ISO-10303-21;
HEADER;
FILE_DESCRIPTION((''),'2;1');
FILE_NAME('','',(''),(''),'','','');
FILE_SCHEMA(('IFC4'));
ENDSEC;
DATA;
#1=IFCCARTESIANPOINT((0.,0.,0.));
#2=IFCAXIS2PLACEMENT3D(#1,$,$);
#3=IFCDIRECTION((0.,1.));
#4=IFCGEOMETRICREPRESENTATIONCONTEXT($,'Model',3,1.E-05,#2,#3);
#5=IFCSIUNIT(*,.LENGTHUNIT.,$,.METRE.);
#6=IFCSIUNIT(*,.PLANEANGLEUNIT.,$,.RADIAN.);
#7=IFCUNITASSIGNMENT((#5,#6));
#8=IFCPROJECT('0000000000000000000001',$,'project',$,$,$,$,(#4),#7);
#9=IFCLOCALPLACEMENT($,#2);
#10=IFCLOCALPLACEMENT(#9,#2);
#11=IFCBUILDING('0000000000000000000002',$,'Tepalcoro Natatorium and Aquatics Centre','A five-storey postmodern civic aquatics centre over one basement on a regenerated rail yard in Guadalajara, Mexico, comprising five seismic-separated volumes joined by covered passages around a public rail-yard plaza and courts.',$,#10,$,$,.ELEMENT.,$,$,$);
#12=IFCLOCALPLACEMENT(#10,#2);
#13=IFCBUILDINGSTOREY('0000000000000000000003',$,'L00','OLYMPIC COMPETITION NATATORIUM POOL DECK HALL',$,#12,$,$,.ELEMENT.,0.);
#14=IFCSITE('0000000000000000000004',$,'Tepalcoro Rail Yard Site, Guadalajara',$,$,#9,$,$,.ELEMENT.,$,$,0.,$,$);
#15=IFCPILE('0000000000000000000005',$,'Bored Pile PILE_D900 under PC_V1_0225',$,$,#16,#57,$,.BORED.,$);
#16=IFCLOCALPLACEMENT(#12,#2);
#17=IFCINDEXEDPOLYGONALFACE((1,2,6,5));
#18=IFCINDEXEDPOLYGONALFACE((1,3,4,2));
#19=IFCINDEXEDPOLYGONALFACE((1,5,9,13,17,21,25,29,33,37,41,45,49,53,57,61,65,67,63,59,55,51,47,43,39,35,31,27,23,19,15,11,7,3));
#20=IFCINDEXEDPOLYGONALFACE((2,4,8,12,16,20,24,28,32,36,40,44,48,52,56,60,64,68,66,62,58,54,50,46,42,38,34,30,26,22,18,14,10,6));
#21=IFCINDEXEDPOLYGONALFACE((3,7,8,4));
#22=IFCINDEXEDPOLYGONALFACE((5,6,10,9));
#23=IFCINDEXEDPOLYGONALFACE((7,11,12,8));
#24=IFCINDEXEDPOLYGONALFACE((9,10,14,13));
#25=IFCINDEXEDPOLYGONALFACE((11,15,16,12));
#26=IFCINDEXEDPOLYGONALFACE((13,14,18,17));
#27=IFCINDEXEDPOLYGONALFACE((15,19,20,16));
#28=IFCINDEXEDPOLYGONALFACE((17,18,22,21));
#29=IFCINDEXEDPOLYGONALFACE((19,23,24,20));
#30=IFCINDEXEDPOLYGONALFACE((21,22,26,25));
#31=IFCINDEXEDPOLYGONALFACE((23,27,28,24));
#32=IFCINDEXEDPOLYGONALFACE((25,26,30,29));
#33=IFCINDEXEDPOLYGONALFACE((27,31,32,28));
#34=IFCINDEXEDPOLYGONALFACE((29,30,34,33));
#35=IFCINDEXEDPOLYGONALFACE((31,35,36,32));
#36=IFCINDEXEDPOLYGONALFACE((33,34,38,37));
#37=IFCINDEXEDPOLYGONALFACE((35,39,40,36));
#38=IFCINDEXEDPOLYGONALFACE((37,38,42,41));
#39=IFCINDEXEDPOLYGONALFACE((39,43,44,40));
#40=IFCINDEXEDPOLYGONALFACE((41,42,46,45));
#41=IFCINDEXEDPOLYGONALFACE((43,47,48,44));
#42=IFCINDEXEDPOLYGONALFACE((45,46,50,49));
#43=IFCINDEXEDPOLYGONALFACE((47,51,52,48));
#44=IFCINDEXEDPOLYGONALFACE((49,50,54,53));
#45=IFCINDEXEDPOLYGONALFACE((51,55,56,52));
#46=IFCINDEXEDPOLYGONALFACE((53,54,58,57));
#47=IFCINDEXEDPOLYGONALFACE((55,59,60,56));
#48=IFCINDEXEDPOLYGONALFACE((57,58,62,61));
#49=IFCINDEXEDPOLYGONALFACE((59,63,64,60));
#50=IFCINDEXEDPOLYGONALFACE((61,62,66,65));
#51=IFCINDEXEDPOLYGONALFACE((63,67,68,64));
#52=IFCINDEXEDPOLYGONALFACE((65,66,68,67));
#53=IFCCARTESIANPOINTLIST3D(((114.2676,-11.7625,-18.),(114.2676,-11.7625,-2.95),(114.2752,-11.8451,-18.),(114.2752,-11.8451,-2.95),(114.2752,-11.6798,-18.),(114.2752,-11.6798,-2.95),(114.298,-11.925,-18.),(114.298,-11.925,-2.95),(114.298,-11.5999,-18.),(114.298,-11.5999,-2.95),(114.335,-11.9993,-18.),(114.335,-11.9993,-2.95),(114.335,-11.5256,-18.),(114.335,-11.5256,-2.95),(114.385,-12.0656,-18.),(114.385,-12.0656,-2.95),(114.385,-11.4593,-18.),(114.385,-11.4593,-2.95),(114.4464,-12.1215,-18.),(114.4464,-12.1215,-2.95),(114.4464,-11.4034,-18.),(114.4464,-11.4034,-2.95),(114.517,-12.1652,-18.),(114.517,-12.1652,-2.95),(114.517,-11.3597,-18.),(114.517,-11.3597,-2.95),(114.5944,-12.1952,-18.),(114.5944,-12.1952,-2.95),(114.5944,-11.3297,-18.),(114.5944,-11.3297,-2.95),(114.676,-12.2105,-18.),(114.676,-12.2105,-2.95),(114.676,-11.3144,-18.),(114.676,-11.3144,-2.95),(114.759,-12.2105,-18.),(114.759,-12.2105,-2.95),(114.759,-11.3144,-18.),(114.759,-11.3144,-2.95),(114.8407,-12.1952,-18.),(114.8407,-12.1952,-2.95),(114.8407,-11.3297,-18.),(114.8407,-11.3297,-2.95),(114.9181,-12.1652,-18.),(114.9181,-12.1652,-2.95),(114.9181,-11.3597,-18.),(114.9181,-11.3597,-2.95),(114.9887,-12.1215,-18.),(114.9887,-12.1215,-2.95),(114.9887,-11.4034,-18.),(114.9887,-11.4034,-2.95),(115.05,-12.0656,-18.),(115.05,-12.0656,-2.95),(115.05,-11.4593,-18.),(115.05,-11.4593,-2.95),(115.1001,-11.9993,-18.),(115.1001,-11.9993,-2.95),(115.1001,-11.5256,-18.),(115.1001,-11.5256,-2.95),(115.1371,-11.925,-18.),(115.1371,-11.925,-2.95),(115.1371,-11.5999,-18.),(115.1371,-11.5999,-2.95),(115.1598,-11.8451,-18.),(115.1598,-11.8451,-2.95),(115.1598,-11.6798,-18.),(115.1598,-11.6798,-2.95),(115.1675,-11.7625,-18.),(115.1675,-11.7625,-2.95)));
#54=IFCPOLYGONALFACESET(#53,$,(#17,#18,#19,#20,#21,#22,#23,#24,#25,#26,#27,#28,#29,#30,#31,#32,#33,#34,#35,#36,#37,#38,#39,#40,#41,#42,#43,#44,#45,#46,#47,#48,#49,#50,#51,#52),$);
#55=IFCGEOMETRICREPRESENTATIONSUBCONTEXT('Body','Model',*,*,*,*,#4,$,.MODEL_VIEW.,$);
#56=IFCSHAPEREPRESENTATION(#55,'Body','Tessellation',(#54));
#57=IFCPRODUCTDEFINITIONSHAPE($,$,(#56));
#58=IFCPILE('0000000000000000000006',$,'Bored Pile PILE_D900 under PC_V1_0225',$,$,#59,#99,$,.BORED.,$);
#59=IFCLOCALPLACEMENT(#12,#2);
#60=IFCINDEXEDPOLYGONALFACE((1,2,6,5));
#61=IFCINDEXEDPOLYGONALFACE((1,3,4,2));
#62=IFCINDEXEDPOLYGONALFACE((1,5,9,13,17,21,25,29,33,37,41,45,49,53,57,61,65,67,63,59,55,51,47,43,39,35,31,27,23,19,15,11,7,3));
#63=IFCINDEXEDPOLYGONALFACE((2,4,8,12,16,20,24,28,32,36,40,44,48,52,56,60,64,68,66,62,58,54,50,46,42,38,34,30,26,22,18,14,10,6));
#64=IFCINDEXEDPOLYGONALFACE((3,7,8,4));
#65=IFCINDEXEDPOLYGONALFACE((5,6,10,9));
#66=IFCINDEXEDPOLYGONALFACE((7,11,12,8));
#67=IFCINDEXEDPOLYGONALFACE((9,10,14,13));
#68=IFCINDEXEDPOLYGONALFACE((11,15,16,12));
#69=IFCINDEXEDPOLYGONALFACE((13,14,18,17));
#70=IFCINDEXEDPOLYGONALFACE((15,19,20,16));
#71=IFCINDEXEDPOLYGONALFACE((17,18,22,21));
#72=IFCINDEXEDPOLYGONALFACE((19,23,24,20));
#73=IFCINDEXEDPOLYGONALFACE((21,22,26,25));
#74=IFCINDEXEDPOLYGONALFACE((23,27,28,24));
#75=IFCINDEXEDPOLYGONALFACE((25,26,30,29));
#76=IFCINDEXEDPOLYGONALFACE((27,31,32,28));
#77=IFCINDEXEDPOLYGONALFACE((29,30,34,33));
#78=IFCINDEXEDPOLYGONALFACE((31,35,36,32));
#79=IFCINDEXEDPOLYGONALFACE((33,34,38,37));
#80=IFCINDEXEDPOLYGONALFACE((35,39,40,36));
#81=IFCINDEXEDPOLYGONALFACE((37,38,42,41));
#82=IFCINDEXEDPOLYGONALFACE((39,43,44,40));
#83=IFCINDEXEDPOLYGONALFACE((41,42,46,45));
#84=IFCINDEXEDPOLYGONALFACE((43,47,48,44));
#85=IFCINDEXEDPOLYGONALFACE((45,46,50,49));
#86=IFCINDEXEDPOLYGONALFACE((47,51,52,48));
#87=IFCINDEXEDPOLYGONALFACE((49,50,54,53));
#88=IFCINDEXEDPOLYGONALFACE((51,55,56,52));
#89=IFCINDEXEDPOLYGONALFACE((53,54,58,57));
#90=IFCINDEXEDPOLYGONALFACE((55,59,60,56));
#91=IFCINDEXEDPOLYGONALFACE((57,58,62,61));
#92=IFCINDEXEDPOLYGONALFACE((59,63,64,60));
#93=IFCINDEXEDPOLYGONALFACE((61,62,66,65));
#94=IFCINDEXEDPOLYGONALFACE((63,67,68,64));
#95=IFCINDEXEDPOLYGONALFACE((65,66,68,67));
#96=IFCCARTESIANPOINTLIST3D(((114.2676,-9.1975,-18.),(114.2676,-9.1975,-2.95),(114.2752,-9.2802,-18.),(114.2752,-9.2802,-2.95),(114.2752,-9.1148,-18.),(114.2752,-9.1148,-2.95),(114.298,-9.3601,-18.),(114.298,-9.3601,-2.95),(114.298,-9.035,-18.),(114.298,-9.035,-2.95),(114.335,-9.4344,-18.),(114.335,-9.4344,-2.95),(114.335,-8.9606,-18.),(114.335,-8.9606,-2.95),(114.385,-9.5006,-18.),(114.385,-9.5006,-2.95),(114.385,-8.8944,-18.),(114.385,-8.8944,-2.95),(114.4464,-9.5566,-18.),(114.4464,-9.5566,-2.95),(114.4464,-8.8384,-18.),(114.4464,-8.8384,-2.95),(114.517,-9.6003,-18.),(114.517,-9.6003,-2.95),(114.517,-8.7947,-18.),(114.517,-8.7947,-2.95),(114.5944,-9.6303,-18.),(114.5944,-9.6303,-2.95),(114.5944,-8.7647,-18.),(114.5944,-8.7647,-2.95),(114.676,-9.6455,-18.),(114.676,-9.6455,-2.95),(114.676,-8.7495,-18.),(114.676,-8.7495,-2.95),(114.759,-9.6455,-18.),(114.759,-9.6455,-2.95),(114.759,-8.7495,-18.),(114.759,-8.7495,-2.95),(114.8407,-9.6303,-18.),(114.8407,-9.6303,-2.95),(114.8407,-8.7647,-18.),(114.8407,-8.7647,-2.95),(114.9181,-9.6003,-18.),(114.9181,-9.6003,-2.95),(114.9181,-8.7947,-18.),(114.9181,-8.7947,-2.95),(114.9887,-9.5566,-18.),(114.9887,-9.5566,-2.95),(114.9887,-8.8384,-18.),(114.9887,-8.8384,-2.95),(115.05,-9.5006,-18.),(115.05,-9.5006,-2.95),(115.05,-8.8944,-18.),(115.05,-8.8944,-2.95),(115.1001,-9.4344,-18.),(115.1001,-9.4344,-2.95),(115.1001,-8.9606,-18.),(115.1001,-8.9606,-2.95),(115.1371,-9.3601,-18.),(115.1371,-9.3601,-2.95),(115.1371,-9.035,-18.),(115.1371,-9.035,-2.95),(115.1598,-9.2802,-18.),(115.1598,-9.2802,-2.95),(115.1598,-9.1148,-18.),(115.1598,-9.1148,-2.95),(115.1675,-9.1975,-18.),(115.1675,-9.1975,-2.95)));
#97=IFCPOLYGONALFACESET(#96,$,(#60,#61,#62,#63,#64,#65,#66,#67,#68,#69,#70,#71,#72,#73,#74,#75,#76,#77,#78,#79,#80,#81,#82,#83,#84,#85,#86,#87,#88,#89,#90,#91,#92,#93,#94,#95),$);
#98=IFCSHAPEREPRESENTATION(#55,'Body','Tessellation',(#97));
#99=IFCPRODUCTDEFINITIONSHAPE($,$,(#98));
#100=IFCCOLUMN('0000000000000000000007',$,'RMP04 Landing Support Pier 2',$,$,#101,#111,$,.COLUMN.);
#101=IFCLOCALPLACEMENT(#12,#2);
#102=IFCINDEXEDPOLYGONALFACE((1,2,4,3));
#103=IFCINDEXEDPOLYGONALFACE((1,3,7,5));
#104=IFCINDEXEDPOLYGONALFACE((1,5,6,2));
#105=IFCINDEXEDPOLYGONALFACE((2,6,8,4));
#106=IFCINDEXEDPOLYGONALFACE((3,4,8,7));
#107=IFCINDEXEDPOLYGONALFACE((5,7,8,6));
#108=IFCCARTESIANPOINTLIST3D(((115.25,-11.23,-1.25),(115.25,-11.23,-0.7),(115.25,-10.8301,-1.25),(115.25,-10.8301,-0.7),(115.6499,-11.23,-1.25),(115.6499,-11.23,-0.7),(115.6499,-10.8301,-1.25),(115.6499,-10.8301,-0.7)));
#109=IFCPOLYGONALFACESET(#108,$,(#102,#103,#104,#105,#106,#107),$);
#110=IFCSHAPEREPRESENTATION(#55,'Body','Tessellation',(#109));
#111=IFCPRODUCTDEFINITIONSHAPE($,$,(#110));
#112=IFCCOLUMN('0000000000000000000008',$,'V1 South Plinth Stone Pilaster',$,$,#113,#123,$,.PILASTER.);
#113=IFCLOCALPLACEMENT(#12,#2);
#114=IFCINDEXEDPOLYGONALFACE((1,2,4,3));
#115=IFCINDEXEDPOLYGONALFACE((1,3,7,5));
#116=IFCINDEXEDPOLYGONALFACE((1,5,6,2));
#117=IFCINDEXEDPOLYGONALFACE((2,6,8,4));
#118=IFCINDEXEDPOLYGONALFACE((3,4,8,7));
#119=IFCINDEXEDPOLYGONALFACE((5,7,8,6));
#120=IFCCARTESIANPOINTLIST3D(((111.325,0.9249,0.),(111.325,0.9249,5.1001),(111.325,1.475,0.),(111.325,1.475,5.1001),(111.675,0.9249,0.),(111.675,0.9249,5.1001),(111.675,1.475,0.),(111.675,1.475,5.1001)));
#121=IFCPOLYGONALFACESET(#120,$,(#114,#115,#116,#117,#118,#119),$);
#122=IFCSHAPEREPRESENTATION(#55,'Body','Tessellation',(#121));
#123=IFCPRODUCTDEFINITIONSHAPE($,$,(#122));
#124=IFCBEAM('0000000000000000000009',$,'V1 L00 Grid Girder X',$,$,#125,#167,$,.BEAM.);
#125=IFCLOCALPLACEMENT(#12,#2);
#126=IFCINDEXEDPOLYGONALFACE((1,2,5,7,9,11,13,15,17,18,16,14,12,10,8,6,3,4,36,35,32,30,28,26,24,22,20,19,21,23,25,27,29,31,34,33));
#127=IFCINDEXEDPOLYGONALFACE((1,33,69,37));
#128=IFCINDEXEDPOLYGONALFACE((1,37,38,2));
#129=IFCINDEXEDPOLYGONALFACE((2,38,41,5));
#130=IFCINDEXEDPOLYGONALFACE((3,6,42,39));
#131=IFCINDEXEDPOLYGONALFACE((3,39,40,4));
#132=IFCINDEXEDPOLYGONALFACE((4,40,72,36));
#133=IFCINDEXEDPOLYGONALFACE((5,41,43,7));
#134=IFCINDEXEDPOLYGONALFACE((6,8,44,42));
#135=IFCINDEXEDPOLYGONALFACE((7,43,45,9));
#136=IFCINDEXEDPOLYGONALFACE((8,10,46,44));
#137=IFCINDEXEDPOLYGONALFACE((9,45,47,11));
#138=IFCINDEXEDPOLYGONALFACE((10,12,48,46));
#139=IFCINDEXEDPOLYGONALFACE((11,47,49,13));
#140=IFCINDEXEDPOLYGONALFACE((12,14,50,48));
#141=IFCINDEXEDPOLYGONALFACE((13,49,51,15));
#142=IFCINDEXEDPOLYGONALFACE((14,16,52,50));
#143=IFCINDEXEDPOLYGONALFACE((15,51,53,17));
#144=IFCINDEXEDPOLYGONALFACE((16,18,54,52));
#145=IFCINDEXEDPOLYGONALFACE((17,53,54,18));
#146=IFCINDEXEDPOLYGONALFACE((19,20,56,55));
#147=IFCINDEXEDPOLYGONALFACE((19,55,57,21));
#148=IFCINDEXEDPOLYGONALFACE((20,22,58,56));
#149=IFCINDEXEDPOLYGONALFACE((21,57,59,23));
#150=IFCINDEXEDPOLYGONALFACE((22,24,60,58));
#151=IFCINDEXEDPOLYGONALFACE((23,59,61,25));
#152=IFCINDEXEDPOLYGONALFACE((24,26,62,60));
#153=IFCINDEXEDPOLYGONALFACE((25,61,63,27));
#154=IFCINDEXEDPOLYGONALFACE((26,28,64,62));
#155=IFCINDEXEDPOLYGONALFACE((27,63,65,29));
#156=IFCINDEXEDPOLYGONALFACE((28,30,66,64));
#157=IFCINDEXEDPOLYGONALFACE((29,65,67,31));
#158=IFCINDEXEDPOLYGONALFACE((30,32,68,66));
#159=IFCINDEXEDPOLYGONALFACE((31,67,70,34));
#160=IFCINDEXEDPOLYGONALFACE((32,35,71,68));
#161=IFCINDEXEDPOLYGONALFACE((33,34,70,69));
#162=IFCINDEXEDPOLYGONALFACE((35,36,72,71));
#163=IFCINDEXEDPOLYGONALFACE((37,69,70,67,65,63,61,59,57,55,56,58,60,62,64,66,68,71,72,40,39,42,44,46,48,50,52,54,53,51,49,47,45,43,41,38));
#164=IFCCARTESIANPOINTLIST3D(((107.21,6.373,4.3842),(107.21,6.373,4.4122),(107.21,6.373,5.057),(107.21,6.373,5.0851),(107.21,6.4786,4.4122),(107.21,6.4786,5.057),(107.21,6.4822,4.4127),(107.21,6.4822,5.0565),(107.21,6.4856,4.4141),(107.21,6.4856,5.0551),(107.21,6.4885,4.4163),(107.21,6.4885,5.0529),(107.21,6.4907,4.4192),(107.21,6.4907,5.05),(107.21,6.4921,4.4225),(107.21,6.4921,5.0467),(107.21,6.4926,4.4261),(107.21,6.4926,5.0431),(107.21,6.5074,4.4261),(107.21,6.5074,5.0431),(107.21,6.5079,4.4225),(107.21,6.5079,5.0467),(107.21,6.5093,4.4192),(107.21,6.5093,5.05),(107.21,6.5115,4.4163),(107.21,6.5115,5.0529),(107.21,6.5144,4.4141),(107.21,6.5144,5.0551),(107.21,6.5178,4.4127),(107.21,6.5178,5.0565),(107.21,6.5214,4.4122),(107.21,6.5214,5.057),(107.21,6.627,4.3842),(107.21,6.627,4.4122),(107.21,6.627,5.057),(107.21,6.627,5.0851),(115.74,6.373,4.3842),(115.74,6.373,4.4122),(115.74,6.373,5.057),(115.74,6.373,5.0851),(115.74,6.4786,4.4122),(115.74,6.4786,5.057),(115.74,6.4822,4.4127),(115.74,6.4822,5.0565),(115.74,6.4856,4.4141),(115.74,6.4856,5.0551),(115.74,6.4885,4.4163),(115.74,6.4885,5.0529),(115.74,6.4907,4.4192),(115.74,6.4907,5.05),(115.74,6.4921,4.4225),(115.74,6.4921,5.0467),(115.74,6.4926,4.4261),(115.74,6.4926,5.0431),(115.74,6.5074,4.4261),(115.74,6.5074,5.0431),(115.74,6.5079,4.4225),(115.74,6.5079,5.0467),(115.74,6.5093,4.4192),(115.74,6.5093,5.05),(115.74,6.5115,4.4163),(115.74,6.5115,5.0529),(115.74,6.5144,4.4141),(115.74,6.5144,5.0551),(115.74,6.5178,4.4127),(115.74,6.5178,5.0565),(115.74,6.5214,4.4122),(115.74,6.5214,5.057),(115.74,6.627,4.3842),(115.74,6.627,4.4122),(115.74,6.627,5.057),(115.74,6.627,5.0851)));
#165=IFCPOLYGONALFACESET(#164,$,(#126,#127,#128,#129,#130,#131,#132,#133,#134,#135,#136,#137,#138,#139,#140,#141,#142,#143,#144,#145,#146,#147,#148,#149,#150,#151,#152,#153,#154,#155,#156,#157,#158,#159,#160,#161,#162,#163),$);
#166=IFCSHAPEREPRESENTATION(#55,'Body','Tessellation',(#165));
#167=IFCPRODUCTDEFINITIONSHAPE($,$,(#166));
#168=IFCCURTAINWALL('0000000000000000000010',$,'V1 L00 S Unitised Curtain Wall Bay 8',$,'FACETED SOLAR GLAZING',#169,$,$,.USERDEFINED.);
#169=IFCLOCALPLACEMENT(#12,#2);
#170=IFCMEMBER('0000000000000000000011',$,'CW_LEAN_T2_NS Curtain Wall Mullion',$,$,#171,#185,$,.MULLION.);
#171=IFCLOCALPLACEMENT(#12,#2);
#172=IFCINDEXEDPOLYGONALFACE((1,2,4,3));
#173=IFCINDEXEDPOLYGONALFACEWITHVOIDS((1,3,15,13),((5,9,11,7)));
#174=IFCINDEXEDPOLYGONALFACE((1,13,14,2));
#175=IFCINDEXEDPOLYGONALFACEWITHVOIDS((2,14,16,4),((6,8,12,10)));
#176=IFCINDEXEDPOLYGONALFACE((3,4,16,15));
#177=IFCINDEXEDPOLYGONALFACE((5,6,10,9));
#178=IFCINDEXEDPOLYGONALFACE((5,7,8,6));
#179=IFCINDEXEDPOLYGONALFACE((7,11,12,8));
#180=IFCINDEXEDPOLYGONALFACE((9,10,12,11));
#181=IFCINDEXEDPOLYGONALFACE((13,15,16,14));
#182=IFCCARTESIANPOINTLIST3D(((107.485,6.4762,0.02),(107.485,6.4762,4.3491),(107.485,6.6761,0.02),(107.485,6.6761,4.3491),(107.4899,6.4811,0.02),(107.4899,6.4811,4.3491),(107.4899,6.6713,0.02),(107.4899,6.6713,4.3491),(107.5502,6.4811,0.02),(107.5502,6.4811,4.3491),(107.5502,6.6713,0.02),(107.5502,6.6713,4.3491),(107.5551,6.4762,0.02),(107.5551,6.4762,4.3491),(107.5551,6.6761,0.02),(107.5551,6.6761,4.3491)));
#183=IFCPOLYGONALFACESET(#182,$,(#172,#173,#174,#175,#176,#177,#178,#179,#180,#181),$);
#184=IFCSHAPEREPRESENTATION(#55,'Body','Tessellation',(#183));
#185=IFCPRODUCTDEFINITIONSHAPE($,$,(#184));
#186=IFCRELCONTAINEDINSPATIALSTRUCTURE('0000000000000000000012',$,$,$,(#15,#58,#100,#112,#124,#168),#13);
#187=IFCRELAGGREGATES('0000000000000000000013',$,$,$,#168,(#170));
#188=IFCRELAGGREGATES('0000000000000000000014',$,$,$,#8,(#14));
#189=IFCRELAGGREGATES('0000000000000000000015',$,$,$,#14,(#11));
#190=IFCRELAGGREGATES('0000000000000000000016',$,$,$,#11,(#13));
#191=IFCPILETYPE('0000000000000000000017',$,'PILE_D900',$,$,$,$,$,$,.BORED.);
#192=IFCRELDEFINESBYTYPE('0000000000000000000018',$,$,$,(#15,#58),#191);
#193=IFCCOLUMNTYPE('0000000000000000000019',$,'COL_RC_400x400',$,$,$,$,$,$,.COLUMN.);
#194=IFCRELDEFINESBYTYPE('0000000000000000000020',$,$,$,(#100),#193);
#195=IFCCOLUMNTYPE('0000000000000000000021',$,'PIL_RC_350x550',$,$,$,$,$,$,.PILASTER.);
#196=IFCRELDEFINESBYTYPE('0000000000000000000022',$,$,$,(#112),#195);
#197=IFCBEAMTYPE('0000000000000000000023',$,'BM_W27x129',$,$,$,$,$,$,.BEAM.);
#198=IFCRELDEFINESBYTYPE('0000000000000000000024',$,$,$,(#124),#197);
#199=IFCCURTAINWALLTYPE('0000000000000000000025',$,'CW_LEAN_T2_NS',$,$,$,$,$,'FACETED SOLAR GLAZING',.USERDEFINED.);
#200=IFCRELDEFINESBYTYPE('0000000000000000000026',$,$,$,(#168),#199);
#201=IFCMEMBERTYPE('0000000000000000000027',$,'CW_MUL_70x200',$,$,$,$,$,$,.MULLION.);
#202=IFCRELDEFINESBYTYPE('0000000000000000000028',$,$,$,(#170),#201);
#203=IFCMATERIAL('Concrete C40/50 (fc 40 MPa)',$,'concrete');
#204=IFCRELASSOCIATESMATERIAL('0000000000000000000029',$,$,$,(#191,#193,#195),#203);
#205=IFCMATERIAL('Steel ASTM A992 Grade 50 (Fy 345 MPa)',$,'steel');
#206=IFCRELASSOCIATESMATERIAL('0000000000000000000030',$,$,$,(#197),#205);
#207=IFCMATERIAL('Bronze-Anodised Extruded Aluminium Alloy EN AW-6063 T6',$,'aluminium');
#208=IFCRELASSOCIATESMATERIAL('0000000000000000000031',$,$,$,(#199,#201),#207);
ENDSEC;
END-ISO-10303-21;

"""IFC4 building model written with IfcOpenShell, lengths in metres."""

from ifc_helpers import new_model, si_unit, direction, frame, origin, origin_2d, place, context, subcontext, project, spatial, rectangle, hollow_rectangle, circle, i_section, extrude, material, material_profile, profile_set, type_object, element, aggregate, save


model = new_model("IFC4")

# Units and contexts
model_context = context("Model", 3, precision=1e-05, world=origin(), true_north=direction((0.0, 1.0)))
body_context = subcontext(model_context, "Body", "Model", "MODEL_VIEW")
ifc_project = project(units=[si_unit("LENGTHUNIT", "METRE"), si_unit("PLANEANGLEUNIT", "RADIAN")], contexts=[model_context])

# Site, building, storey
site_placement = place(None, origin())
site = spatial("IfcSite", under=ifc_project, at=site_placement, Name="Tepalcoro Rail Yard Site, Guadalajara", CompositionType="ELEMENT", RefElevation=0.0)
building_placement = place(site_placement, origin())
building = spatial("IfcBuilding", under=site, at=building_placement, Name="Tepalcoro Natatorium and Aquatics Centre", Description="A five-storey postmodern civic aquatics centre over one basement on a regenerated rail yard in Guadalajara, Mexico, comprising five seismic-separated volumes joined by covered passages around a public rail-yard plaza and courts.", CompositionType="ELEMENT")
storey_placement = place(building_placement, origin())
storey = spatial("IfcBuildingStorey", under=building, at=storey_placement, Name="L00", Description="OLYMPIC COMPETITION NATATORIUM POOL DECK HALL", CompositionType="ELEMENT", Elevation=0.0)

# Piles
ifc_material_1 = material(Name="Concrete C40/50 (fc 40 MPa)", Category="concrete")
ifc_material_profile_1 = material_profile(ifc_material_1, circle(Radius=0.45, at=origin_2d()), Name="PILE_D900")
ifc_profile_set_1 = profile_set([ifc_material_profile_1], Name="Concrete C40/50 (fc 40 MPa)")
pile_type = type_object("IfcPileType", Name="PILE_D900", PredefinedType="BORED", material=ifc_profile_set_1)
for number, where, z_axis, x_axis, name in (
    (1, (114.7175, -11.7625, -2.95), (0.0, 0.0, -1.0), (1.0, 0.0, 0.0), "Bored Pile PILE_D900 under PC_V1_0225"),
    (2, (114.7175, -9.1975, -2.95), (0.0, 0.0, -1.0), (1.0, 0.0, 0.0), "Bored Pile PILE_D900 under PC_V1_0225"),
):
    element("IfcPile", number, at=place(storey_placement, frame(where, z_axis=z_axis, x_axis=x_axis)), inside=storey, type_object=pile_type, Name=name, PredefinedType="BORED", context=body_context, shape_type="SweptSolid", body=[
        extrude(circle(Radius=0.45, at=origin_2d()), origin(), (0.0, 0.0, 1.0), 15.05),
    ])

# Columns
ifc_material_profile_2 = material_profile(ifc_material_1, rectangle(XDim=0.3999, YDim=0.3999, at=origin_2d()), Name="RC400x400")
ifc_profile_set_2 = profile_set([ifc_material_profile_2], Name="Concrete C40/50 (fc 40 MPa)")
column_type_1 = type_object("IfcColumnType", Name="COL_RC_400x400", PredefinedType="COLUMN", material=ifc_profile_set_2)
column_1_placement = place(storey_placement, frame((115.45, -11.03, -1.25), z_axis=(0.0, 0.0, 1.0), x_axis=(1.0, 0.0, 0.0)))
element("IfcColumn", 3, at=column_1_placement, inside=storey, type_object=column_type_1, Name="RMP04 Landing Support Pier 2", PredefinedType="COLUMN", context=body_context, shape_type="SweptSolid", body=[
    extrude(rectangle(XDim=0.3999, YDim=0.3999, at=origin_2d()), origin(), (0.0, 0.0, 1.0), 0.55),
])
ifc_material_profile_3 = material_profile(ifc_material_1, rectangle(XDim=0.3501, YDim=0.55, at=origin_2d()), Name="PIL350x550")
ifc_profile_set_3 = profile_set([ifc_material_profile_3], Name="Concrete C40/50 (fc 40 MPa)")
column_type_2 = type_object("IfcColumnType", Name="PIL_RC_350x550", PredefinedType="PILASTER", material=ifc_profile_set_3)
column_2_placement = place(storey_placement, frame((111.5, 1.2, 0.0), z_axis=(0.0, 0.0, 1.0), x_axis=(1.0, 0.0, 0.0)))
element("IfcColumn", 4, at=column_2_placement, inside=storey, type_object=column_type_2, Name="V1 South Plinth Stone Pilaster", PredefinedType="PILASTER", context=body_context, shape_type="SweptSolid", body=[
    extrude(rectangle(XDim=0.3501, YDim=0.55, at=origin_2d()), origin(), (0.0, 0.0, 1.0), 5.1001),
])

# Beam
ifc_material_2 = material(Name="Steel ASTM A992 Grade 50 (Fy 345 MPa)", Category="steel")
ifc_material_profile_4 = material_profile(ifc_material_2, i_section(OverallWidth=0.2539, OverallDepth=0.7009, WebThickness=0.0149, FlangeThickness=0.0281, FilletRadius=0.0139, at=origin_2d()), Name="W27X129")
ifc_profile_set_4 = profile_set([ifc_material_profile_4], Name="Steel ASTM A992 Grade 50 (Fy 345 MPa)")
beam_type_1 = type_object("IfcBeamType", Name="BM_W27x129", PredefinedType="BEAM", material=ifc_profile_set_4)
beam_1_placement = place(storey_placement, frame((107.21, 6.5, 4.7346), z_axis=(1.0, 0.0, 0.0), x_axis=(0.0, 1.0, 0.0)))
element("IfcBeam", 5, at=beam_1_placement, inside=storey, type_object=beam_type_1, Name="V1 L00 Grid Girder X", PredefinedType="BEAM", context=body_context, shape_type="SweptSolid", body=[
    extrude(i_section(OverallWidth=0.2539, OverallDepth=0.7009, WebThickness=0.0149, FlangeThickness=0.0281, FilletRadius=0.0139, at=origin_2d()), origin(), (0.0, 0.0, 1.0), 8.53),
])

# Curtain wall, member
ifc_material_3 = material(Name="Bronze-Anodised Extruded Aluminium Alloy EN AW-6063 T6", Category="aluminium")
curtain_wall_type = type_object("IfcCurtainWallType", Name="CW_LEAN_T2_NS", ElementType="FACETED SOLAR GLAZING", PredefinedType="USERDEFINED", material=ifc_material_3)
curtain_wall_placement = place(storey_placement, origin())
curtain_wall = element("IfcCurtainWall", 6, at=curtain_wall_placement, inside=storey, type_object=curtain_wall_type, Name="V1 L00 S Unitised Curtain Wall Bay 8", ObjectType="FACETED SOLAR GLAZING", PredefinedType="USERDEFINED")
ifc_material_profile_5 = material_profile(ifc_material_3, hollow_rectangle(XDim=0.0701, YDim=0.2, WallThickness=0.0049, at=origin_2d()), Name="AL70X200X5")
ifc_profile_set_5 = profile_set([ifc_material_profile_5], Name="Bronze-Anodised Extruded Aluminium Alloy EN AW-6063 T6")
member_type_1 = type_object("IfcMemberType", Name="CW_MUL_70x200", PredefinedType="MULLION", material=ifc_profile_set_5)
member_1_placement = place(storey_placement, frame((107.52, 6.5762, 0.02), z_axis=(0.0, 0.0, 1.0), x_axis=(1.0, 0.0, 0.0)))
member_1 = element("IfcMember", 7, at=member_1_placement, type_object=member_type_1, Name="CW_LEAN_T2_NS Curtain Wall Mullion", PredefinedType="MULLION", context=body_context, shape_type="SweptSolid", body=[
    extrude(hollow_rectangle(XDim=0.0701, YDim=0.2, WallThickness=0.0049, at=origin_2d()), origin(), (0.0, 0.0, 1.0), 4.3291),
])

aggregate(curtain_wall, [member_1])

save(model, "model.ifc")
